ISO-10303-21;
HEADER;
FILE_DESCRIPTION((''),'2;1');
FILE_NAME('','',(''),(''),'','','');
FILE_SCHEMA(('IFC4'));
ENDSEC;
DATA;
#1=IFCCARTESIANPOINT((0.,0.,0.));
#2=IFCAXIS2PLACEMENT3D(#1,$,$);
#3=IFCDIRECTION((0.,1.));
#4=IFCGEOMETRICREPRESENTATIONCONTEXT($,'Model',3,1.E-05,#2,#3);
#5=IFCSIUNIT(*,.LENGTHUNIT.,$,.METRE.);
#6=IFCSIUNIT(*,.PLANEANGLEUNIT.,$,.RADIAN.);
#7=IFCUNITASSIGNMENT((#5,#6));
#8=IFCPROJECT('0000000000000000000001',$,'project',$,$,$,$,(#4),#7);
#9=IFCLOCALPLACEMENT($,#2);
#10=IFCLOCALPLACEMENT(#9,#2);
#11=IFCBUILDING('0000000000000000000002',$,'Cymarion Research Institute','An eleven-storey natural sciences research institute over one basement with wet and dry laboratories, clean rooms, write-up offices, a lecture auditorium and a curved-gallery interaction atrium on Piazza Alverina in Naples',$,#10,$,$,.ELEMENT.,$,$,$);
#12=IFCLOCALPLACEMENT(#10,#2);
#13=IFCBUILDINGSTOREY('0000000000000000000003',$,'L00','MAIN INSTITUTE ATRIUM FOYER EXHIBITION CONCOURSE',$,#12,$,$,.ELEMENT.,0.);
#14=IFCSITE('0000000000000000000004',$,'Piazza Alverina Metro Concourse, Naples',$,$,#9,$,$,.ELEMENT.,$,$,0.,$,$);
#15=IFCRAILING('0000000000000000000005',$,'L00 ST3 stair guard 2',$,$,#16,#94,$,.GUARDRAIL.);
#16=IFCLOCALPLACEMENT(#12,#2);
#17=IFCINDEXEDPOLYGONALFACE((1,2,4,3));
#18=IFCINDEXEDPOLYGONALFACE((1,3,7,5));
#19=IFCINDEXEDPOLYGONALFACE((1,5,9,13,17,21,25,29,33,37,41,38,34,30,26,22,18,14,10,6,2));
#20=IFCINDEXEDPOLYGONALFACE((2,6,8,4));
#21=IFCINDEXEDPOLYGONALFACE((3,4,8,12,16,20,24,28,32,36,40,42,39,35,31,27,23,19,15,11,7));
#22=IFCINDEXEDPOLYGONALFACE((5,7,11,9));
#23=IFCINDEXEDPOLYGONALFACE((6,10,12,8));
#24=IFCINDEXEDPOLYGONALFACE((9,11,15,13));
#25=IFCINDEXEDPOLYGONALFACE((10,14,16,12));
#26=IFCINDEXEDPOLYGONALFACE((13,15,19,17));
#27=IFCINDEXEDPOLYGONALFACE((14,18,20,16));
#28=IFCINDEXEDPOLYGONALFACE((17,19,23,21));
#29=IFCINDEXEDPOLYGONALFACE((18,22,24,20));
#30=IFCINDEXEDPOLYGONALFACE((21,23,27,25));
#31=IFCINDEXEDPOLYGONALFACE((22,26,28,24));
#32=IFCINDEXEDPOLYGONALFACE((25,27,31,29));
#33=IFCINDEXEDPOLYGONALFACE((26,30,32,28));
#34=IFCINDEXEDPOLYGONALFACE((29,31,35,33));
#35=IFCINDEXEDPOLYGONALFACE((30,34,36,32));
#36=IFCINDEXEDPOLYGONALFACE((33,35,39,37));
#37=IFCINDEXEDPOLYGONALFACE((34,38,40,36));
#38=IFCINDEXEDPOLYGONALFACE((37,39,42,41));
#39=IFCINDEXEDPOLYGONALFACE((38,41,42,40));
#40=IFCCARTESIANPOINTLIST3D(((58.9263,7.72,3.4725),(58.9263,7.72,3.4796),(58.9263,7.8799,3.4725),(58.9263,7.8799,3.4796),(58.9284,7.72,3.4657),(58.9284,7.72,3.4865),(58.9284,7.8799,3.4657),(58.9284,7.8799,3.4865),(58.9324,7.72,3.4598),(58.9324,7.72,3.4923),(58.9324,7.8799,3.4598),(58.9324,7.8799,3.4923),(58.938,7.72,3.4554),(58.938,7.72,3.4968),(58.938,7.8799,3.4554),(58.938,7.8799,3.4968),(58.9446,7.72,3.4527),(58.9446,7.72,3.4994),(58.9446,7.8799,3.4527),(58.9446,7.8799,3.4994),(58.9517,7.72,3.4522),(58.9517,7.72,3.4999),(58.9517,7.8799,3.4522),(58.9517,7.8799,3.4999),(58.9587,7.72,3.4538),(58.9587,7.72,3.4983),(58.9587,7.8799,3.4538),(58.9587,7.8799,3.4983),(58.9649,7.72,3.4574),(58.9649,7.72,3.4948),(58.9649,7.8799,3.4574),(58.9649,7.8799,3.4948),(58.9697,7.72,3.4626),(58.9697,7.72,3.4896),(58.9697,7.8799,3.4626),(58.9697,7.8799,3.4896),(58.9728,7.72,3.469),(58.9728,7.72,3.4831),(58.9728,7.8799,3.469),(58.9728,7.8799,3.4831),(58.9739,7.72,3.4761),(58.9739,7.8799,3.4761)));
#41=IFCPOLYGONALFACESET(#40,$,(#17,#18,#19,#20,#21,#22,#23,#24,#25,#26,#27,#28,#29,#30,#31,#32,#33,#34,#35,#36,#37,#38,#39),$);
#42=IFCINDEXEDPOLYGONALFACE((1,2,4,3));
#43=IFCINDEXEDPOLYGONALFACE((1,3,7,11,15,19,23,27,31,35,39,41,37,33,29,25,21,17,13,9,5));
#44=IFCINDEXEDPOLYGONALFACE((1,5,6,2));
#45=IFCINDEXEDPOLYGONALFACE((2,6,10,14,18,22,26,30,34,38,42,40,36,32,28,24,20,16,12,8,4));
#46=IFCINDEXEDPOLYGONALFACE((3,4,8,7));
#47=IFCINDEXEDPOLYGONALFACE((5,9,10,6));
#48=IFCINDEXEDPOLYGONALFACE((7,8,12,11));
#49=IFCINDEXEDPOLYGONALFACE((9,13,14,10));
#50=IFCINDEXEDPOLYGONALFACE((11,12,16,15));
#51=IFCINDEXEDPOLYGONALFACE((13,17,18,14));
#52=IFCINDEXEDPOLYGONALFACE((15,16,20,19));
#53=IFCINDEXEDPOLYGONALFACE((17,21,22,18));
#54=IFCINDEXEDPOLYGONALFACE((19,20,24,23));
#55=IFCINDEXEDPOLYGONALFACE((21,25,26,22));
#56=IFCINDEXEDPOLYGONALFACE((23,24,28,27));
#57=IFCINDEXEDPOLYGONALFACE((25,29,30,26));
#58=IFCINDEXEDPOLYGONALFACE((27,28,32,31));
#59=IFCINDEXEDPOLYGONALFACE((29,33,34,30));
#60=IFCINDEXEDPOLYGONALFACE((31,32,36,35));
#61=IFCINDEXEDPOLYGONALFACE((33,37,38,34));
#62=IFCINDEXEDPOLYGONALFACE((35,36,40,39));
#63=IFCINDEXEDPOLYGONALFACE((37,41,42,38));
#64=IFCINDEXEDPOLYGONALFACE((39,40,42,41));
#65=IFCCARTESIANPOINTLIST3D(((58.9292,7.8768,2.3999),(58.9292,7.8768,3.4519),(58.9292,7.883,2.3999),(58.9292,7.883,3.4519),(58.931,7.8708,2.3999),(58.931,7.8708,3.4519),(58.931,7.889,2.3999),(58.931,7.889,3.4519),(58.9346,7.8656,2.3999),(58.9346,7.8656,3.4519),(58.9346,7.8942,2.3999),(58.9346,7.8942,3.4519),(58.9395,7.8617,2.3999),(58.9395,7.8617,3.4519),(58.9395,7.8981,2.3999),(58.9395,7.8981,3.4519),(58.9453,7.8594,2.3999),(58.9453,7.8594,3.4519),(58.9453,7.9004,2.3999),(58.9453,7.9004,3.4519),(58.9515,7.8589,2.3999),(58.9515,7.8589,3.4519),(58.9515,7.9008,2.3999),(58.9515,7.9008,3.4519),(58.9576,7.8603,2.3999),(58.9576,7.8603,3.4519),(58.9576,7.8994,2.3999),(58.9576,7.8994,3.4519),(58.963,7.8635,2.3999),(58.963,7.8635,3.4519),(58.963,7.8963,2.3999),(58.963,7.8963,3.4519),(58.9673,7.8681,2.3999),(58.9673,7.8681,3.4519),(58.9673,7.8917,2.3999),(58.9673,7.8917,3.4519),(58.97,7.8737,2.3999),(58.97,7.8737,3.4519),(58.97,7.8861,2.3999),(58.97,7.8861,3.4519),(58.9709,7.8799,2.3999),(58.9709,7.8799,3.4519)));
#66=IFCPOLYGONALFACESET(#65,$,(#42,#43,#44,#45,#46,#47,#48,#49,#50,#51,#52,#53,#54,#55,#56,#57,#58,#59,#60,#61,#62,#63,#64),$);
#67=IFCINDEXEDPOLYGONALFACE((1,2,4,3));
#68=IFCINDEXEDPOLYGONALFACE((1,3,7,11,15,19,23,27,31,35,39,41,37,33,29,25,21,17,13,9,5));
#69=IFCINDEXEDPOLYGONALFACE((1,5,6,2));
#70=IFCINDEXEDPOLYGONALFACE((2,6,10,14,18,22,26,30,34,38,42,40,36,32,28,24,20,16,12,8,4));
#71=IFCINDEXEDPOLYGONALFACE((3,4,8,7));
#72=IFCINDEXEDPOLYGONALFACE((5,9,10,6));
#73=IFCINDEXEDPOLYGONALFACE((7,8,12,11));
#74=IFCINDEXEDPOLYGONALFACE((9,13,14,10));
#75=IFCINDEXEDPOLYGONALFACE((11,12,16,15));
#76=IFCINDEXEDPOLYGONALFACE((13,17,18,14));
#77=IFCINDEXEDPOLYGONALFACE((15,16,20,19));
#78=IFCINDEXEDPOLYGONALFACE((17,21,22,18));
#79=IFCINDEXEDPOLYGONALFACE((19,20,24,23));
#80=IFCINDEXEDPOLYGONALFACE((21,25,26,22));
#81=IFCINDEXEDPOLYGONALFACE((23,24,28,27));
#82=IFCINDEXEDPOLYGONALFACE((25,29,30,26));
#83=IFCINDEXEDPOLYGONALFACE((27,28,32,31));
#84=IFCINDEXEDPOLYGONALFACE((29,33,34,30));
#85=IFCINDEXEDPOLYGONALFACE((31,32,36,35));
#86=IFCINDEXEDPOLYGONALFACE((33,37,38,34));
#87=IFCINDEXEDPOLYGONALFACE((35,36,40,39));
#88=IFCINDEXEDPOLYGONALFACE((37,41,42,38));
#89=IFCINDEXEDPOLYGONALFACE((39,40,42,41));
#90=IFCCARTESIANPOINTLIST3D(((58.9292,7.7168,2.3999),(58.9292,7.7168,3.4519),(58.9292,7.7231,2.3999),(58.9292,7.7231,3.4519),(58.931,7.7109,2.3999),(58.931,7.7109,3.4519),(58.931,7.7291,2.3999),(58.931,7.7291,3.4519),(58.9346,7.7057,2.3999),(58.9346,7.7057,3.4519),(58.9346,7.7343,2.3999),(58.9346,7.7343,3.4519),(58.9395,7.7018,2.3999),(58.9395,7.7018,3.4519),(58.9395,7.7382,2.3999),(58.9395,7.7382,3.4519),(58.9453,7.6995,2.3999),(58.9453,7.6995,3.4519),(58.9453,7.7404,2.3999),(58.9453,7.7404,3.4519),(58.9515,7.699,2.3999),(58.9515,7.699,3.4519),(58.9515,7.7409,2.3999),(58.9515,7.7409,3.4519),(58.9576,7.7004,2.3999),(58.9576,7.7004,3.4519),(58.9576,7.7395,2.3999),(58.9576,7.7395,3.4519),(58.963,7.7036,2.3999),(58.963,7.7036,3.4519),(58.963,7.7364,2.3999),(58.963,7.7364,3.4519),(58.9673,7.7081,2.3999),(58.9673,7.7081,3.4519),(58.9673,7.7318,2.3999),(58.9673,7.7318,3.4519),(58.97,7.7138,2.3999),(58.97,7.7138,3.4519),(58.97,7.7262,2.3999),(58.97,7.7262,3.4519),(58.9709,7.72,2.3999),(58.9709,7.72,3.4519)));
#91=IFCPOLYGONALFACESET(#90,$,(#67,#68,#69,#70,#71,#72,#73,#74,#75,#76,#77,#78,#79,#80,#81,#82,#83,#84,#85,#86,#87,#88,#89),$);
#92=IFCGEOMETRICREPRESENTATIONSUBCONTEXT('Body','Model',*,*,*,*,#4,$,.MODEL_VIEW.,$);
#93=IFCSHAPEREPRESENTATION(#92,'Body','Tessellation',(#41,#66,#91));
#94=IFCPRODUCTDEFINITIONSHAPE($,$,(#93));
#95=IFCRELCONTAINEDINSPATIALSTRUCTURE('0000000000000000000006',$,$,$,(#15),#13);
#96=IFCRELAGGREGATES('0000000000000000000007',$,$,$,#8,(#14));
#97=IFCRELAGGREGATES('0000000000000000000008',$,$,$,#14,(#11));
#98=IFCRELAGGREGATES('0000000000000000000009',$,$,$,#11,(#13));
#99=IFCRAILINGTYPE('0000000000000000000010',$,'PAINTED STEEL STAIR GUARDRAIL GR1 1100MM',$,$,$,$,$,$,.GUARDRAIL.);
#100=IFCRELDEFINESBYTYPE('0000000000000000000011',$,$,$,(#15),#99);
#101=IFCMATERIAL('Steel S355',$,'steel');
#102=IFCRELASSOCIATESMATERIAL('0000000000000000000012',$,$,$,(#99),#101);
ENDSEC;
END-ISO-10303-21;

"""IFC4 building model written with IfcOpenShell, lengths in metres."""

from ifc_helpers import new_model, si_unit, direction, frame, origin, origin_2d, place, context, subcontext, project, spatial, circle, extrude, material, type_object, element, save


model = new_model("IFC4")

# Units and contexts
model_context = context("Model", 3, precision=1e-05, world=origin(), true_north=direction((0.0, 1.0)))
body_context = subcontext(model_context, "Body", "Model", "MODEL_VIEW")
ifc_project = project(units=[si_unit("LENGTHUNIT", "METRE"), si_unit("PLANEANGLEUNIT", "RADIAN")], contexts=[model_context])

# Site, building, storey
site_placement = place(None, origin())
site = spatial("IfcSite", under=ifc_project, at=site_placement, Name="Piazza Alverina Metro Concourse, Naples", CompositionType="ELEMENT", RefElevation=0.0)
building_placement = place(site_placement, origin())
building = spatial("IfcBuilding", under=site, at=building_placement, Name="Cymarion Research Institute", Description="An eleven-storey natural sciences research institute over one basement with wet and dry laboratories, clean rooms, write-up offices, a lecture auditorium and a curved-gallery interaction atrium on Piazza Alverina in Naples", CompositionType="ELEMENT")
storey_placement = place(building_placement, origin())
storey = spatial("IfcBuildingStorey", under=building, at=storey_placement, Name="L00", Description="MAIN INSTITUTE ATRIUM FOYER EXHIBITION CONCOURSE", CompositionType="ELEMENT", Elevation=0.0)

# Shared definitions
ifc_material_1 = material(Name="Steel S355", Category="steel")

# Railing
railing_type_1 = type_object("IfcRailingType", Name="PAINTED STEEL STAIR GUARDRAIL GR1 1100MM", PredefinedType="GUARDRAIL", material=ifc_material_1)
railing_1_placement = place(storey_placement, frame((58.95, 7.8799, 2.3999)))
element("IfcRailing", 1, at=railing_1_placement, inside=storey, type_object=railing_type_1, Name="L00 ST3 stair guard 2", PredefinedType="GUARDRAIL", context=body_context, shape_type="SweptSolid", body=[
    extrude(circle(Radius=0.0239, at=origin_2d()), frame((0.0, 0.0, 1.0762), z_axis=(0.0, -1.0, 0.0), x_axis=(1.0, 0.0, 0.0)), (0.0, 0.0, 1.0), 0.1599),
    extrude(circle(Radius=0.021, at=origin_2d()), origin(), (0.0, 0.0, 1.0), 1.052),
    extrude(circle(Radius=0.021, at=origin_2d()), frame((0.0, -0.1599, 0.0)), (0.0, 0.0, 1.0), 1.052),
])

save(model, "model.ifc")
